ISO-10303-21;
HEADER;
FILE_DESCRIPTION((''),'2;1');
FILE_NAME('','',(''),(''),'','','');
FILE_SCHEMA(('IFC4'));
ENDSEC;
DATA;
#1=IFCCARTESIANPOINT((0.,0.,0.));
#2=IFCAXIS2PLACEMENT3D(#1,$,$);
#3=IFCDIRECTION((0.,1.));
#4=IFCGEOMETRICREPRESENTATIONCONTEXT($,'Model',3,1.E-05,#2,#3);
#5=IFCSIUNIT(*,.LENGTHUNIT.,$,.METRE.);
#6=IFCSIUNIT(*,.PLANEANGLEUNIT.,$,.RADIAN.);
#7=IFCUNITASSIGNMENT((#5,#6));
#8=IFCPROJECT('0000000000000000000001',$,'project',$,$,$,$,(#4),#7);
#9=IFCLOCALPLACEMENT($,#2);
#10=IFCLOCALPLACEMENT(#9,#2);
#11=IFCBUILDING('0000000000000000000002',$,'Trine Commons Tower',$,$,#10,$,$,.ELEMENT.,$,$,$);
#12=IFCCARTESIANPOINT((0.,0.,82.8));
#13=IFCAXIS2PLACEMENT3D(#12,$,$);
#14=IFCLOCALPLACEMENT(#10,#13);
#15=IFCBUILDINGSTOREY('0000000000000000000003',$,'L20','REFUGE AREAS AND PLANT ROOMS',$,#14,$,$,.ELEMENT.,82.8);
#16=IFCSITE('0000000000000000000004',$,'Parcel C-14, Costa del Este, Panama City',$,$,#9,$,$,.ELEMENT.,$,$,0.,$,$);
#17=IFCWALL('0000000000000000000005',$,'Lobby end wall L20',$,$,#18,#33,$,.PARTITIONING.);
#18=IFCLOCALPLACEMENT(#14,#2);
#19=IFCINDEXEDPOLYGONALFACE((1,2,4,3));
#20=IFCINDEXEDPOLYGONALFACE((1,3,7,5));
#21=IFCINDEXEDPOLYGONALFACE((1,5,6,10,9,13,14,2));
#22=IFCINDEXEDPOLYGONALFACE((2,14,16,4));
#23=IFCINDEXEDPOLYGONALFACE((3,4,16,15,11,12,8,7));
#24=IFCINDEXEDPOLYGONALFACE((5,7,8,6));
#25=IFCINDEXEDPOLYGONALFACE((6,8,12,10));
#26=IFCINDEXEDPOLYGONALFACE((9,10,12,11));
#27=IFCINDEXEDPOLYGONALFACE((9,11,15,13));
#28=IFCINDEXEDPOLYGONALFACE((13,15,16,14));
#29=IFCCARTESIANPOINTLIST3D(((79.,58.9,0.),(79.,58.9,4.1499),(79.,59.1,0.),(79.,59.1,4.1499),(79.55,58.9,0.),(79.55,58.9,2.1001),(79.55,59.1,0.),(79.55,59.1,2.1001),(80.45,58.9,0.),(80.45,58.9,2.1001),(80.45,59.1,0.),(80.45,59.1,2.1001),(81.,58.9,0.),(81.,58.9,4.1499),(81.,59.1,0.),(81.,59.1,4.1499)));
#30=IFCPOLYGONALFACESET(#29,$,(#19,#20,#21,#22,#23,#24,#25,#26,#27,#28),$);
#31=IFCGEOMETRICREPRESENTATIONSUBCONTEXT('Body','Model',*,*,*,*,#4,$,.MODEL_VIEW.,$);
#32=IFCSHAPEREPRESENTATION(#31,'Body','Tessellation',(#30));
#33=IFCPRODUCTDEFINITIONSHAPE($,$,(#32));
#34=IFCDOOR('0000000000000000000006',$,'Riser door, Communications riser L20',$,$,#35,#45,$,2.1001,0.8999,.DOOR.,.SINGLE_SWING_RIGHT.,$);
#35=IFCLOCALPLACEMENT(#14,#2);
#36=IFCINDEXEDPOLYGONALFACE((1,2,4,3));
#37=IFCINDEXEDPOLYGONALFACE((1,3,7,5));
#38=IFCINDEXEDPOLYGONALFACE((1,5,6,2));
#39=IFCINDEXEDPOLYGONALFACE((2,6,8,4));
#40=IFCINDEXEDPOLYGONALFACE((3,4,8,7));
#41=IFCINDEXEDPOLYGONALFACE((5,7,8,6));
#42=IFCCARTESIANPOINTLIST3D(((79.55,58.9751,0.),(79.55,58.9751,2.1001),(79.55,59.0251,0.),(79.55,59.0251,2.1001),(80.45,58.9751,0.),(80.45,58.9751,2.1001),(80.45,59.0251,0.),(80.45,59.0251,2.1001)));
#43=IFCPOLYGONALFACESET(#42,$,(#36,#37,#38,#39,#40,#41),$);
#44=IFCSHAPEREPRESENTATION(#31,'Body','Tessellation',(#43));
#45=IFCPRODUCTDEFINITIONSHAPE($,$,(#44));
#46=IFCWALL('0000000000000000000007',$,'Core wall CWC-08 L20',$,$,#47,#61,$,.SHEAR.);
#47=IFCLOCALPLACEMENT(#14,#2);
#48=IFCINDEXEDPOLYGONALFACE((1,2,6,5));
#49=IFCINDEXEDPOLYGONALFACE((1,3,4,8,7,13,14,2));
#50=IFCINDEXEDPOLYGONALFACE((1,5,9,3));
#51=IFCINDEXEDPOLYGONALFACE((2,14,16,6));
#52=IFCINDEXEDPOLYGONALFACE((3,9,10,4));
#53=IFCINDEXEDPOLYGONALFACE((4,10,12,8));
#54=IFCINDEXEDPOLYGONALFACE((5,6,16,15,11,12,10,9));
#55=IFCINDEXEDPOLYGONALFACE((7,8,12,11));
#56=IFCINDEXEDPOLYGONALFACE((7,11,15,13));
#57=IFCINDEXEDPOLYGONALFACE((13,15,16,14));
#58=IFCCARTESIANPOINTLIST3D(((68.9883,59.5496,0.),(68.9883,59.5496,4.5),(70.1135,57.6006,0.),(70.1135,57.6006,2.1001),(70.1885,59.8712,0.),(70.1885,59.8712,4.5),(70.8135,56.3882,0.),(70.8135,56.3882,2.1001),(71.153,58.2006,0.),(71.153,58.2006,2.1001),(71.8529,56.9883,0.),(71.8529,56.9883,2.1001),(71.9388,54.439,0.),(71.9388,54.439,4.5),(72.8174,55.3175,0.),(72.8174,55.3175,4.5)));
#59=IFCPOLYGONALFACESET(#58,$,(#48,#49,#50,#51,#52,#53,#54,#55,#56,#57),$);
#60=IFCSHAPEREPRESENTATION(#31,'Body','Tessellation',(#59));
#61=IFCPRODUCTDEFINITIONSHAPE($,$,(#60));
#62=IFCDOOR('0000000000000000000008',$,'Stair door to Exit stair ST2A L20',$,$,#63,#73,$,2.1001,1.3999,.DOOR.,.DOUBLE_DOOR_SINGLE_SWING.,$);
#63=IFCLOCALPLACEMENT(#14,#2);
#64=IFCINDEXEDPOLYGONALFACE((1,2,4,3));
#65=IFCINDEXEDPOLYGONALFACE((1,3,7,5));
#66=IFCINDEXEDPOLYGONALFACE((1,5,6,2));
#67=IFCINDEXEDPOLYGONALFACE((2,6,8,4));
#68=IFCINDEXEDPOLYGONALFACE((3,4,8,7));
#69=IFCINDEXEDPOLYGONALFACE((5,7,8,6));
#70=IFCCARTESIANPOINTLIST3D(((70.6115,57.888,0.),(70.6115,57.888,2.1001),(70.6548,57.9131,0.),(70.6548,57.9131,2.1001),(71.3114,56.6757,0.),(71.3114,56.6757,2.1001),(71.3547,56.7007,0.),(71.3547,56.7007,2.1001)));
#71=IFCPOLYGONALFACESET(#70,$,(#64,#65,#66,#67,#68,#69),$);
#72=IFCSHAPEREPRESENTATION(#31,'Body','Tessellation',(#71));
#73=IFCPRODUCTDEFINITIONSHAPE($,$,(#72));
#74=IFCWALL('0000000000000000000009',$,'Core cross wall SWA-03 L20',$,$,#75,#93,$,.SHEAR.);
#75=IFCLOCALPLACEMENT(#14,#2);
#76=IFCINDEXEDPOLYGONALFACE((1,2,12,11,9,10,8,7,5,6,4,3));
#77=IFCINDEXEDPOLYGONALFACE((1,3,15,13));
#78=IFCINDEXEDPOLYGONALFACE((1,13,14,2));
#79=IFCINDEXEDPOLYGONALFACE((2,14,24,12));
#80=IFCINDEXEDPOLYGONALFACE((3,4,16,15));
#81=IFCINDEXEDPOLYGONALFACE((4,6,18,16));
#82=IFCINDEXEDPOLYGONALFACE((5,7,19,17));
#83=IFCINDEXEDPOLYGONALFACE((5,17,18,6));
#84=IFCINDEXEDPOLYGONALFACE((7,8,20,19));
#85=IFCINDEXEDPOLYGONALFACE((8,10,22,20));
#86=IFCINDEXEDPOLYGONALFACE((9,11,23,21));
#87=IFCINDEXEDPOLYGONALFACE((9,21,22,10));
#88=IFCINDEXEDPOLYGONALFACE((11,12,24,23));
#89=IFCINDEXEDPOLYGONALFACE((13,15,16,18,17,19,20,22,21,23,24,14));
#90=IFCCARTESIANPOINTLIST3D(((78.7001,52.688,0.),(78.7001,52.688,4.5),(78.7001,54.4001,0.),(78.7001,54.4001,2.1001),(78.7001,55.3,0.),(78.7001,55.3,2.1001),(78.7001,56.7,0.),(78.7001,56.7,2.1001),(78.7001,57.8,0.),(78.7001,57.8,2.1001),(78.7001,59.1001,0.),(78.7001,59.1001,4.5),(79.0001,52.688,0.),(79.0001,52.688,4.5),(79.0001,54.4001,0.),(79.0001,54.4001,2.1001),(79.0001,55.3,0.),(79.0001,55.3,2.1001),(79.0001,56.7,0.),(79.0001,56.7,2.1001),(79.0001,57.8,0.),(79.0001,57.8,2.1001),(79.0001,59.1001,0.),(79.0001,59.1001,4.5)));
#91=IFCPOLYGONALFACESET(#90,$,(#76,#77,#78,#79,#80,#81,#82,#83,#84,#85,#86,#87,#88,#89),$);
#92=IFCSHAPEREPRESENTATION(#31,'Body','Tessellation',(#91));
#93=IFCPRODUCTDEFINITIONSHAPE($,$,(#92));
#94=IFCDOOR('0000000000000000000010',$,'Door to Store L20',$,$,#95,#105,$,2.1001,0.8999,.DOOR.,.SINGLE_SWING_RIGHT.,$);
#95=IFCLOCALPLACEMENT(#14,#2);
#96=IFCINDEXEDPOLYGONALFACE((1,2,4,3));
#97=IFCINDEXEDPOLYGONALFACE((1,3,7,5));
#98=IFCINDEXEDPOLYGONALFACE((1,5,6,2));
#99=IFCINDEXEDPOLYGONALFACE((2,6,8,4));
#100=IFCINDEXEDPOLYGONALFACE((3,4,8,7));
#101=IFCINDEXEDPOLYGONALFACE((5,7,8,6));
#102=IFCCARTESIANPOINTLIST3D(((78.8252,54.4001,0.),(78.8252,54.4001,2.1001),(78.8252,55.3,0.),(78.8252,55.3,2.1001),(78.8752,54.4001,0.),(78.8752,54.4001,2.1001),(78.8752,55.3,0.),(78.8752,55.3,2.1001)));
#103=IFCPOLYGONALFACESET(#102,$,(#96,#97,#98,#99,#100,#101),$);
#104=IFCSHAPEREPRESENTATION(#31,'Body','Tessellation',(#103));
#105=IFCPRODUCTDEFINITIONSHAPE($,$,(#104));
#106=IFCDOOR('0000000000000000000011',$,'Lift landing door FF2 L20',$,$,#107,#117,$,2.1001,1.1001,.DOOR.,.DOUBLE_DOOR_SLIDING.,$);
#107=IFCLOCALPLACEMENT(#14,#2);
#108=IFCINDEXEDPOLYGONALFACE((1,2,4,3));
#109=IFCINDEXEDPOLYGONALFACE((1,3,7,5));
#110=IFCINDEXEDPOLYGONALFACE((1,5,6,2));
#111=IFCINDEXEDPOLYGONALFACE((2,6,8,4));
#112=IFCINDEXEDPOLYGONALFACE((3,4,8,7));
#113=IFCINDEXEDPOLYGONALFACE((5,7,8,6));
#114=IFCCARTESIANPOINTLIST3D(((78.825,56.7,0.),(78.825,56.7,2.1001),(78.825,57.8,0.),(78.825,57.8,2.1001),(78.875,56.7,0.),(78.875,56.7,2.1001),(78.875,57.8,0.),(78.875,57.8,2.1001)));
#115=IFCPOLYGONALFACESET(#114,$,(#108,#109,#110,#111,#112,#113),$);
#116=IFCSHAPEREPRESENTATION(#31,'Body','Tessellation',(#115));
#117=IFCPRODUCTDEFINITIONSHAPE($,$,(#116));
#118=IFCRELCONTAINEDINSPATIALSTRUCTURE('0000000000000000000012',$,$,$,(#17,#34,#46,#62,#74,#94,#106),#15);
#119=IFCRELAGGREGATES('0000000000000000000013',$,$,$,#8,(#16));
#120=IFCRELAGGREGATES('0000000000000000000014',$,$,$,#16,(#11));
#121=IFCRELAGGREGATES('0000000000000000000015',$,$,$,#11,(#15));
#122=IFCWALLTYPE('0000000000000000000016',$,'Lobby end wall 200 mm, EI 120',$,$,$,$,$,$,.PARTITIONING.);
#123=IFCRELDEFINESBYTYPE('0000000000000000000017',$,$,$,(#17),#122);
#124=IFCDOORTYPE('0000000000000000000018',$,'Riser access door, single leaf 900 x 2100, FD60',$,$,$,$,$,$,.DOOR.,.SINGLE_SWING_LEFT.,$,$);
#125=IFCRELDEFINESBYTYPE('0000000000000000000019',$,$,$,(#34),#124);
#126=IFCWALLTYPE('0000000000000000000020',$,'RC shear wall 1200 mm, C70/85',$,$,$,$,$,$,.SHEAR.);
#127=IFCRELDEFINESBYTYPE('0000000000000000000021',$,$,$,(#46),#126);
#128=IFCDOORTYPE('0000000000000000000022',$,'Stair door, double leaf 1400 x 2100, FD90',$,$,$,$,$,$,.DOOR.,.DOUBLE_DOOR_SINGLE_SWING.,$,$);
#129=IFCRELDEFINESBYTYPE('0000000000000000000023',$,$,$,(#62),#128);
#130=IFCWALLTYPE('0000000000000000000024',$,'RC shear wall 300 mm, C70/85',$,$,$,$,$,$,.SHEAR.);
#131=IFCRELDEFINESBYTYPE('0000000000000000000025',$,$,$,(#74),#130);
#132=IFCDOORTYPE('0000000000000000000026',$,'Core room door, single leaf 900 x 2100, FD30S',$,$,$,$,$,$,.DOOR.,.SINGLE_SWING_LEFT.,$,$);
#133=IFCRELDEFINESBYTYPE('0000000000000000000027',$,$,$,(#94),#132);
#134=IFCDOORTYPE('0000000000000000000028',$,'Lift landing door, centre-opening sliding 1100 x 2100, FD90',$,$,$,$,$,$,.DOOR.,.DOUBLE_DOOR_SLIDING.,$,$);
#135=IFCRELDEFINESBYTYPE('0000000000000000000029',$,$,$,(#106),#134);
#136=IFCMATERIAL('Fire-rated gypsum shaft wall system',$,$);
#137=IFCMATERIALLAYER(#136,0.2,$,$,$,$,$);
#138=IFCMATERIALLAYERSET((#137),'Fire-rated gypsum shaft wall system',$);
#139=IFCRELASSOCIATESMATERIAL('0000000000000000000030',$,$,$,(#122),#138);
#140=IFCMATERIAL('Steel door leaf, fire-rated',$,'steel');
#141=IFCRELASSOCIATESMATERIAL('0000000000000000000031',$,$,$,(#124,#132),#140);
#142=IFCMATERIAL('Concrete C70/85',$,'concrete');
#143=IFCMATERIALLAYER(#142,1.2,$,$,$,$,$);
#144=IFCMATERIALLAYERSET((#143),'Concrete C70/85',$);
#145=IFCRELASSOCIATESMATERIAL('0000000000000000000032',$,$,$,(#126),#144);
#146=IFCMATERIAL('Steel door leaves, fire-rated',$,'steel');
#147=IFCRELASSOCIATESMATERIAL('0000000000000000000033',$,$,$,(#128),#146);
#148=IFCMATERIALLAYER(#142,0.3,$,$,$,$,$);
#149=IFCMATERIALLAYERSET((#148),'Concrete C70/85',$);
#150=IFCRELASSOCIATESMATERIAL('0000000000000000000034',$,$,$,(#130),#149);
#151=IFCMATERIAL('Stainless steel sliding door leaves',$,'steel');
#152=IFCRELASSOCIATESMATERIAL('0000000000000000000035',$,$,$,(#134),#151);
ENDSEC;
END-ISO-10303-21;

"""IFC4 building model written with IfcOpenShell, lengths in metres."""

from ifc_helpers import new_model, si_unit, direction, frame, frame_2d, origin, place, context, subcontext, project, spatial, polyline, rectangle, outline, extrude, material, layer, layer_set, type_object, element, fill, save


model = new_model("IFC4")

# Units and contexts
model_context = context("Model", 3, precision=1e-05, world=origin(), true_north=direction((0.0, 1.0)))
body_context = subcontext(model_context, "Body", "Model", "MODEL_VIEW")
ifc_project = project(units=[si_unit("LENGTHUNIT", "METRE"), si_unit("PLANEANGLEUNIT", "RADIAN")], contexts=[model_context])

# Site, building, storey
site_placement = place(None, origin())
site = spatial("IfcSite", under=ifc_project, at=site_placement, Name="Parcel C-14, Costa del Este, Panama City", CompositionType="ELEMENT", RefElevation=0.0)
building_placement = place(site_placement, origin())
building = spatial("IfcBuilding", under=site, at=building_placement, Name="Trine Commons Tower", CompositionType="ELEMENT")
storey_placement = place(building_placement, frame((0.0, 0.0, 82.8)))
storey = spatial("IfcBuildingStorey", under=building, at=storey_placement, Name="L20", Description="REFUGE AREAS AND PLANT ROOMS", CompositionType="ELEMENT", Elevation=82.8)

# Walls, openings, doors
ifc_material_1 = material(Name="Fire-rated gypsum shaft wall system")
ifc_layer_1 = layer(ifc_material_1, 0.2)
ifc_layer_set_1 = layer_set([ifc_layer_1], Name="Fire-rated gypsum shaft wall system")
wall_type_1 = type_object("IfcWallType", Name="Lobby end wall 200 mm, EI 120", PredefinedType="PARTITIONING", material=ifc_layer_set_1)
wall_1_placement = place(storey_placement, frame((79.0, 59.0, 0.0), z_axis=(0.0, 0.0, 1.0), x_axis=(1.0, 0.0, 0.0)))
wall_1 = element("IfcWall", 1, at=wall_1_placement, inside=storey, type_object=wall_type_1, Name="Lobby end wall L20", PredefinedType="PARTITIONING", context=body_context, shape_type="SweptSolid", body=[
    extrude(rectangle(XDim=2.0, YDim=0.2, at=frame_2d((1.0, 0.0))), origin(), (0.0, 0.0, 1.0), 4.1499),
])
opening_1_placement = place(wall_1_placement, frame((0.55, 0.0, 0.0)))
opening_1 = element("IfcOpeningElement", 2, at=opening_1_placement, cuts=wall_1, PredefinedType="OPENING", context=body_context, shape_type="SweptSolid", body=[
    extrude(rectangle(XDim=0.8999, YDim=2.1001, at=frame_2d((0.45, 1.05))), frame((0.0, 0.1099, 0.0), z_axis=(0.0, -1.0, 0.0), x_axis=(1.0, 0.0, 0.0)), (0.0, 0.0, 1.0), 0.22),
])
ifc_material_2 = material(Name="Steel door leaf, fire-rated", Category="steel")
door_type_1 = type_object("IfcDoorType", Name="Riser access door, single leaf 900 x 2100, FD60", OperationType="SINGLE_SWING_LEFT", PredefinedType="DOOR", material=ifc_material_2)
door_1_placement = place(opening_1_placement, frame((0.8999, 0.0, 0.0), z_axis=(0.0, 0.0, 1.0), x_axis=(-1.0, 0.0, 0.0)))
door_1 = element("IfcDoor", 3, at=door_1_placement, inside=storey, type_object=door_type_1, Name="Riser door, Communications riser L20", OperationType="SINGLE_SWING_RIGHT", OverallHeight=2.1001, OverallWidth=0.8999, PredefinedType="DOOR", context=body_context, shape_type="SweptSolid", body=[
    extrude(rectangle(XDim=0.8999, YDim=2.1001, at=frame_2d((0.45, 1.05))), frame((0.0, 0.0249, 0.0), z_axis=(0.0, -1.0, 0.0), x_axis=(1.0, 0.0, 0.0)), (0.0, 0.0, 1.0), 0.05),
])
fill(opening_1, door_1)
ifc_material_3 = material(Name="Concrete C70/85", Category="concrete")
ifc_layer_2 = layer(ifc_material_3, 1.2)
ifc_layer_set_2 = layer_set([ifc_layer_2], Name="Concrete C70/85")
wall_type_2 = type_object("IfcWallType", Name="RC shear wall 1200 mm, C70/85", PredefinedType="SHEAR", material=ifc_layer_set_2)
wall_2_placement = place(storey_placement, frame((69.5081, 59.8496, 0.0), z_axis=(0.0, 0.0, 1.0), x_axis=(0.499979, -0.866037, 0.0)))
wall_2 = element("IfcWall", 4, at=wall_2_placement, inside=storey, type_object=wall_type_2, Name="Core wall CWC-08 L20", PredefinedType="SHEAR", context=body_context, shape_type="SweptSolid", body=[
    extrude(outline(polyline([(0.0, -0.6001), (5.9011, -0.6001), (5.5796, 0.6001), (0.3215, 0.6001), (0.0, -0.6001)])), origin(), (0.0, 0.0, 1.0), 4.5),
])
opening_2_placement = place(wall_2_placement, frame((2.2505, 0.0, 0.0)))
opening_2 = element("IfcOpeningElement", 5, at=opening_2_placement, cuts=wall_2, PredefinedType="OPENING", context=body_context, shape_type="SweptSolid", body=[
    extrude(rectangle(XDim=1.3999, YDim=2.1001, at=frame_2d((0.7, 1.05))), frame((0.0, 0.6099, 0.0), z_axis=(0.0, -1.0, 0.0), x_axis=(1.0, 0.0, 0.0)), (0.0, 0.0, 1.0), 1.22),
])
ifc_material_4 = material(Name="Steel door leaves, fire-rated", Category="steel")
door_type_2 = type_object("IfcDoorType", Name="Stair door, double leaf 1400 x 2100, FD90", OperationType="DOUBLE_DOOR_SINGLE_SWING", PredefinedType="DOOR", material=ifc_material_4)
door_2_placement = place(opening_2_placement, origin())
door_2 = element("IfcDoor", 6, at=door_2_placement, inside=storey, type_object=door_type_2, Name="Stair door to Exit stair ST2A L20", OperationType="DOUBLE_DOOR_SINGLE_SWING", OverallHeight=2.1001, OverallWidth=1.3999, PredefinedType="DOOR", context=body_context, shape_type="SweptSolid", body=[
    extrude(rectangle(XDim=1.3999, YDim=2.1001, at=frame_2d((0.7, 1.05))), frame((0.0, 0.0249, 0.0), z_axis=(0.0, -1.0, 0.0), x_axis=(1.0, 0.0, 0.0)), (0.0, 0.0, 1.0), 0.05),
])
fill(opening_2, door_2)

# Wall, openings, doors
ifc_layer_3 = layer(ifc_material_3, 0.3)
ifc_layer_set_3 = layer_set([ifc_layer_3], Name="Concrete C70/85")
wall_type_3 = type_object("IfcWallType", Name="RC shear wall 300 mm, C70/85", PredefinedType="SHEAR", material=ifc_layer_set_3)
wall_3_placement = place(storey_placement, frame((78.8501, 59.1001, 0.0), z_axis=(0.0, 0.0, 1.0), x_axis=(0.0, -1.0, 0.0)))
wall_3 = element("IfcWall", 7, at=wall_3_placement, inside=storey, type_object=wall_type_3, Name="Core cross wall SWA-03 L20", PredefinedType="SHEAR", context=body_context, shape_type="SweptSolid", body=[
    extrude(rectangle(XDim=6.4121, YDim=0.3, at=frame_2d((3.2061, 0.0))), origin(), (0.0, 0.0, 1.0), 4.5),
])
opening_3_placement = place(wall_3_placement, frame((3.8, 0.0, 0.0)))
opening_3 = element("IfcOpeningElement", 8, at=opening_3_placement, cuts=wall_3, PredefinedType="OPENING", context=body_context, shape_type="SweptSolid", body=[
    extrude(rectangle(XDim=0.8999, YDim=2.1001, at=frame_2d((0.45, 1.05))), frame((0.0, 0.1599, 0.0), z_axis=(0.0, -1.0, 0.0), x_axis=(1.0, 0.0, 0.0)), (0.0, 0.0, 1.0), 0.3201),
])
opening_4_placement = place(wall_3_placement, frame((1.3, 0.0, 0.0)))
opening_4 = element("IfcOpeningElement", 9, at=opening_4_placement, cuts=wall_3, PredefinedType="OPENING", context=body_context, shape_type="SweptSolid", body=[
    extrude(rectangle(XDim=1.1001, YDim=2.1001, at=frame_2d((0.55, 1.05))), frame((0.0, 0.1599, 0.0), z_axis=(0.0, -1.0, 0.0), x_axis=(1.0, 0.0, 0.0)), (0.0, 0.0, 1.0), 0.3201),
])
door_type_3 = type_object("IfcDoorType", Name="Core room door, single leaf 900 x 2100, FD30S", OperationType="SINGLE_SWING_LEFT", PredefinedType="DOOR", material=ifc_material_2)
door_3_placement = place(opening_3_placement, frame((0.8999, 0.0, 0.0), z_axis=(0.0, 0.0, 1.0), x_axis=(-1.0, 0.0, 0.0)))
door_3 = element("IfcDoor", 10, at=door_3_placement, inside=storey, type_object=door_type_3, Name="Door to Store L20", OperationType="SINGLE_SWING_RIGHT", OverallHeight=2.1001, OverallWidth=0.8999, PredefinedType="DOOR", context=body_context, shape_type="SweptSolid", body=[
    extrude(rectangle(XDim=0.8999, YDim=2.1001, at=frame_2d((0.45, 1.05))), frame((0.0, 0.0249, 0.0), z_axis=(0.0, -1.0, 0.0), x_axis=(1.0, 0.0, 0.0)), (0.0, 0.0, 1.0), 0.05),
])
fill(opening_3, door_3)
ifc_material_5 = material(Name="Stainless steel sliding door leaves", Category="steel")
door_type_4 = type_object("IfcDoorType", Name="Lift landing door, centre-opening sliding 1100 x 2100, FD90", OperationType="DOUBLE_DOOR_SLIDING", PredefinedType="DOOR", material=ifc_material_5)
door_4_placement = place(opening_4_placement, origin())
door_4 = element("IfcDoor", 11, at=door_4_placement, inside=storey, type_object=door_type_4, Name="Lift landing door FF2 L20", OperationType="DOUBLE_DOOR_SLIDING", OverallHeight=2.1001, OverallWidth=1.1001, PredefinedType="DOOR", context=body_context, shape_type="SweptSolid", body=[
    extrude(rectangle(XDim=1.1001, YDim=2.1001, at=frame_2d((0.55, 1.05))), frame((0.0, 0.0249, 0.0), z_axis=(0.0, -1.0, 0.0), x_axis=(1.0, 0.0, 0.0)), (0.0, 0.0, 1.0), 0.05),
])
fill(opening_4, door_4)

save(model, "model.ifc")
